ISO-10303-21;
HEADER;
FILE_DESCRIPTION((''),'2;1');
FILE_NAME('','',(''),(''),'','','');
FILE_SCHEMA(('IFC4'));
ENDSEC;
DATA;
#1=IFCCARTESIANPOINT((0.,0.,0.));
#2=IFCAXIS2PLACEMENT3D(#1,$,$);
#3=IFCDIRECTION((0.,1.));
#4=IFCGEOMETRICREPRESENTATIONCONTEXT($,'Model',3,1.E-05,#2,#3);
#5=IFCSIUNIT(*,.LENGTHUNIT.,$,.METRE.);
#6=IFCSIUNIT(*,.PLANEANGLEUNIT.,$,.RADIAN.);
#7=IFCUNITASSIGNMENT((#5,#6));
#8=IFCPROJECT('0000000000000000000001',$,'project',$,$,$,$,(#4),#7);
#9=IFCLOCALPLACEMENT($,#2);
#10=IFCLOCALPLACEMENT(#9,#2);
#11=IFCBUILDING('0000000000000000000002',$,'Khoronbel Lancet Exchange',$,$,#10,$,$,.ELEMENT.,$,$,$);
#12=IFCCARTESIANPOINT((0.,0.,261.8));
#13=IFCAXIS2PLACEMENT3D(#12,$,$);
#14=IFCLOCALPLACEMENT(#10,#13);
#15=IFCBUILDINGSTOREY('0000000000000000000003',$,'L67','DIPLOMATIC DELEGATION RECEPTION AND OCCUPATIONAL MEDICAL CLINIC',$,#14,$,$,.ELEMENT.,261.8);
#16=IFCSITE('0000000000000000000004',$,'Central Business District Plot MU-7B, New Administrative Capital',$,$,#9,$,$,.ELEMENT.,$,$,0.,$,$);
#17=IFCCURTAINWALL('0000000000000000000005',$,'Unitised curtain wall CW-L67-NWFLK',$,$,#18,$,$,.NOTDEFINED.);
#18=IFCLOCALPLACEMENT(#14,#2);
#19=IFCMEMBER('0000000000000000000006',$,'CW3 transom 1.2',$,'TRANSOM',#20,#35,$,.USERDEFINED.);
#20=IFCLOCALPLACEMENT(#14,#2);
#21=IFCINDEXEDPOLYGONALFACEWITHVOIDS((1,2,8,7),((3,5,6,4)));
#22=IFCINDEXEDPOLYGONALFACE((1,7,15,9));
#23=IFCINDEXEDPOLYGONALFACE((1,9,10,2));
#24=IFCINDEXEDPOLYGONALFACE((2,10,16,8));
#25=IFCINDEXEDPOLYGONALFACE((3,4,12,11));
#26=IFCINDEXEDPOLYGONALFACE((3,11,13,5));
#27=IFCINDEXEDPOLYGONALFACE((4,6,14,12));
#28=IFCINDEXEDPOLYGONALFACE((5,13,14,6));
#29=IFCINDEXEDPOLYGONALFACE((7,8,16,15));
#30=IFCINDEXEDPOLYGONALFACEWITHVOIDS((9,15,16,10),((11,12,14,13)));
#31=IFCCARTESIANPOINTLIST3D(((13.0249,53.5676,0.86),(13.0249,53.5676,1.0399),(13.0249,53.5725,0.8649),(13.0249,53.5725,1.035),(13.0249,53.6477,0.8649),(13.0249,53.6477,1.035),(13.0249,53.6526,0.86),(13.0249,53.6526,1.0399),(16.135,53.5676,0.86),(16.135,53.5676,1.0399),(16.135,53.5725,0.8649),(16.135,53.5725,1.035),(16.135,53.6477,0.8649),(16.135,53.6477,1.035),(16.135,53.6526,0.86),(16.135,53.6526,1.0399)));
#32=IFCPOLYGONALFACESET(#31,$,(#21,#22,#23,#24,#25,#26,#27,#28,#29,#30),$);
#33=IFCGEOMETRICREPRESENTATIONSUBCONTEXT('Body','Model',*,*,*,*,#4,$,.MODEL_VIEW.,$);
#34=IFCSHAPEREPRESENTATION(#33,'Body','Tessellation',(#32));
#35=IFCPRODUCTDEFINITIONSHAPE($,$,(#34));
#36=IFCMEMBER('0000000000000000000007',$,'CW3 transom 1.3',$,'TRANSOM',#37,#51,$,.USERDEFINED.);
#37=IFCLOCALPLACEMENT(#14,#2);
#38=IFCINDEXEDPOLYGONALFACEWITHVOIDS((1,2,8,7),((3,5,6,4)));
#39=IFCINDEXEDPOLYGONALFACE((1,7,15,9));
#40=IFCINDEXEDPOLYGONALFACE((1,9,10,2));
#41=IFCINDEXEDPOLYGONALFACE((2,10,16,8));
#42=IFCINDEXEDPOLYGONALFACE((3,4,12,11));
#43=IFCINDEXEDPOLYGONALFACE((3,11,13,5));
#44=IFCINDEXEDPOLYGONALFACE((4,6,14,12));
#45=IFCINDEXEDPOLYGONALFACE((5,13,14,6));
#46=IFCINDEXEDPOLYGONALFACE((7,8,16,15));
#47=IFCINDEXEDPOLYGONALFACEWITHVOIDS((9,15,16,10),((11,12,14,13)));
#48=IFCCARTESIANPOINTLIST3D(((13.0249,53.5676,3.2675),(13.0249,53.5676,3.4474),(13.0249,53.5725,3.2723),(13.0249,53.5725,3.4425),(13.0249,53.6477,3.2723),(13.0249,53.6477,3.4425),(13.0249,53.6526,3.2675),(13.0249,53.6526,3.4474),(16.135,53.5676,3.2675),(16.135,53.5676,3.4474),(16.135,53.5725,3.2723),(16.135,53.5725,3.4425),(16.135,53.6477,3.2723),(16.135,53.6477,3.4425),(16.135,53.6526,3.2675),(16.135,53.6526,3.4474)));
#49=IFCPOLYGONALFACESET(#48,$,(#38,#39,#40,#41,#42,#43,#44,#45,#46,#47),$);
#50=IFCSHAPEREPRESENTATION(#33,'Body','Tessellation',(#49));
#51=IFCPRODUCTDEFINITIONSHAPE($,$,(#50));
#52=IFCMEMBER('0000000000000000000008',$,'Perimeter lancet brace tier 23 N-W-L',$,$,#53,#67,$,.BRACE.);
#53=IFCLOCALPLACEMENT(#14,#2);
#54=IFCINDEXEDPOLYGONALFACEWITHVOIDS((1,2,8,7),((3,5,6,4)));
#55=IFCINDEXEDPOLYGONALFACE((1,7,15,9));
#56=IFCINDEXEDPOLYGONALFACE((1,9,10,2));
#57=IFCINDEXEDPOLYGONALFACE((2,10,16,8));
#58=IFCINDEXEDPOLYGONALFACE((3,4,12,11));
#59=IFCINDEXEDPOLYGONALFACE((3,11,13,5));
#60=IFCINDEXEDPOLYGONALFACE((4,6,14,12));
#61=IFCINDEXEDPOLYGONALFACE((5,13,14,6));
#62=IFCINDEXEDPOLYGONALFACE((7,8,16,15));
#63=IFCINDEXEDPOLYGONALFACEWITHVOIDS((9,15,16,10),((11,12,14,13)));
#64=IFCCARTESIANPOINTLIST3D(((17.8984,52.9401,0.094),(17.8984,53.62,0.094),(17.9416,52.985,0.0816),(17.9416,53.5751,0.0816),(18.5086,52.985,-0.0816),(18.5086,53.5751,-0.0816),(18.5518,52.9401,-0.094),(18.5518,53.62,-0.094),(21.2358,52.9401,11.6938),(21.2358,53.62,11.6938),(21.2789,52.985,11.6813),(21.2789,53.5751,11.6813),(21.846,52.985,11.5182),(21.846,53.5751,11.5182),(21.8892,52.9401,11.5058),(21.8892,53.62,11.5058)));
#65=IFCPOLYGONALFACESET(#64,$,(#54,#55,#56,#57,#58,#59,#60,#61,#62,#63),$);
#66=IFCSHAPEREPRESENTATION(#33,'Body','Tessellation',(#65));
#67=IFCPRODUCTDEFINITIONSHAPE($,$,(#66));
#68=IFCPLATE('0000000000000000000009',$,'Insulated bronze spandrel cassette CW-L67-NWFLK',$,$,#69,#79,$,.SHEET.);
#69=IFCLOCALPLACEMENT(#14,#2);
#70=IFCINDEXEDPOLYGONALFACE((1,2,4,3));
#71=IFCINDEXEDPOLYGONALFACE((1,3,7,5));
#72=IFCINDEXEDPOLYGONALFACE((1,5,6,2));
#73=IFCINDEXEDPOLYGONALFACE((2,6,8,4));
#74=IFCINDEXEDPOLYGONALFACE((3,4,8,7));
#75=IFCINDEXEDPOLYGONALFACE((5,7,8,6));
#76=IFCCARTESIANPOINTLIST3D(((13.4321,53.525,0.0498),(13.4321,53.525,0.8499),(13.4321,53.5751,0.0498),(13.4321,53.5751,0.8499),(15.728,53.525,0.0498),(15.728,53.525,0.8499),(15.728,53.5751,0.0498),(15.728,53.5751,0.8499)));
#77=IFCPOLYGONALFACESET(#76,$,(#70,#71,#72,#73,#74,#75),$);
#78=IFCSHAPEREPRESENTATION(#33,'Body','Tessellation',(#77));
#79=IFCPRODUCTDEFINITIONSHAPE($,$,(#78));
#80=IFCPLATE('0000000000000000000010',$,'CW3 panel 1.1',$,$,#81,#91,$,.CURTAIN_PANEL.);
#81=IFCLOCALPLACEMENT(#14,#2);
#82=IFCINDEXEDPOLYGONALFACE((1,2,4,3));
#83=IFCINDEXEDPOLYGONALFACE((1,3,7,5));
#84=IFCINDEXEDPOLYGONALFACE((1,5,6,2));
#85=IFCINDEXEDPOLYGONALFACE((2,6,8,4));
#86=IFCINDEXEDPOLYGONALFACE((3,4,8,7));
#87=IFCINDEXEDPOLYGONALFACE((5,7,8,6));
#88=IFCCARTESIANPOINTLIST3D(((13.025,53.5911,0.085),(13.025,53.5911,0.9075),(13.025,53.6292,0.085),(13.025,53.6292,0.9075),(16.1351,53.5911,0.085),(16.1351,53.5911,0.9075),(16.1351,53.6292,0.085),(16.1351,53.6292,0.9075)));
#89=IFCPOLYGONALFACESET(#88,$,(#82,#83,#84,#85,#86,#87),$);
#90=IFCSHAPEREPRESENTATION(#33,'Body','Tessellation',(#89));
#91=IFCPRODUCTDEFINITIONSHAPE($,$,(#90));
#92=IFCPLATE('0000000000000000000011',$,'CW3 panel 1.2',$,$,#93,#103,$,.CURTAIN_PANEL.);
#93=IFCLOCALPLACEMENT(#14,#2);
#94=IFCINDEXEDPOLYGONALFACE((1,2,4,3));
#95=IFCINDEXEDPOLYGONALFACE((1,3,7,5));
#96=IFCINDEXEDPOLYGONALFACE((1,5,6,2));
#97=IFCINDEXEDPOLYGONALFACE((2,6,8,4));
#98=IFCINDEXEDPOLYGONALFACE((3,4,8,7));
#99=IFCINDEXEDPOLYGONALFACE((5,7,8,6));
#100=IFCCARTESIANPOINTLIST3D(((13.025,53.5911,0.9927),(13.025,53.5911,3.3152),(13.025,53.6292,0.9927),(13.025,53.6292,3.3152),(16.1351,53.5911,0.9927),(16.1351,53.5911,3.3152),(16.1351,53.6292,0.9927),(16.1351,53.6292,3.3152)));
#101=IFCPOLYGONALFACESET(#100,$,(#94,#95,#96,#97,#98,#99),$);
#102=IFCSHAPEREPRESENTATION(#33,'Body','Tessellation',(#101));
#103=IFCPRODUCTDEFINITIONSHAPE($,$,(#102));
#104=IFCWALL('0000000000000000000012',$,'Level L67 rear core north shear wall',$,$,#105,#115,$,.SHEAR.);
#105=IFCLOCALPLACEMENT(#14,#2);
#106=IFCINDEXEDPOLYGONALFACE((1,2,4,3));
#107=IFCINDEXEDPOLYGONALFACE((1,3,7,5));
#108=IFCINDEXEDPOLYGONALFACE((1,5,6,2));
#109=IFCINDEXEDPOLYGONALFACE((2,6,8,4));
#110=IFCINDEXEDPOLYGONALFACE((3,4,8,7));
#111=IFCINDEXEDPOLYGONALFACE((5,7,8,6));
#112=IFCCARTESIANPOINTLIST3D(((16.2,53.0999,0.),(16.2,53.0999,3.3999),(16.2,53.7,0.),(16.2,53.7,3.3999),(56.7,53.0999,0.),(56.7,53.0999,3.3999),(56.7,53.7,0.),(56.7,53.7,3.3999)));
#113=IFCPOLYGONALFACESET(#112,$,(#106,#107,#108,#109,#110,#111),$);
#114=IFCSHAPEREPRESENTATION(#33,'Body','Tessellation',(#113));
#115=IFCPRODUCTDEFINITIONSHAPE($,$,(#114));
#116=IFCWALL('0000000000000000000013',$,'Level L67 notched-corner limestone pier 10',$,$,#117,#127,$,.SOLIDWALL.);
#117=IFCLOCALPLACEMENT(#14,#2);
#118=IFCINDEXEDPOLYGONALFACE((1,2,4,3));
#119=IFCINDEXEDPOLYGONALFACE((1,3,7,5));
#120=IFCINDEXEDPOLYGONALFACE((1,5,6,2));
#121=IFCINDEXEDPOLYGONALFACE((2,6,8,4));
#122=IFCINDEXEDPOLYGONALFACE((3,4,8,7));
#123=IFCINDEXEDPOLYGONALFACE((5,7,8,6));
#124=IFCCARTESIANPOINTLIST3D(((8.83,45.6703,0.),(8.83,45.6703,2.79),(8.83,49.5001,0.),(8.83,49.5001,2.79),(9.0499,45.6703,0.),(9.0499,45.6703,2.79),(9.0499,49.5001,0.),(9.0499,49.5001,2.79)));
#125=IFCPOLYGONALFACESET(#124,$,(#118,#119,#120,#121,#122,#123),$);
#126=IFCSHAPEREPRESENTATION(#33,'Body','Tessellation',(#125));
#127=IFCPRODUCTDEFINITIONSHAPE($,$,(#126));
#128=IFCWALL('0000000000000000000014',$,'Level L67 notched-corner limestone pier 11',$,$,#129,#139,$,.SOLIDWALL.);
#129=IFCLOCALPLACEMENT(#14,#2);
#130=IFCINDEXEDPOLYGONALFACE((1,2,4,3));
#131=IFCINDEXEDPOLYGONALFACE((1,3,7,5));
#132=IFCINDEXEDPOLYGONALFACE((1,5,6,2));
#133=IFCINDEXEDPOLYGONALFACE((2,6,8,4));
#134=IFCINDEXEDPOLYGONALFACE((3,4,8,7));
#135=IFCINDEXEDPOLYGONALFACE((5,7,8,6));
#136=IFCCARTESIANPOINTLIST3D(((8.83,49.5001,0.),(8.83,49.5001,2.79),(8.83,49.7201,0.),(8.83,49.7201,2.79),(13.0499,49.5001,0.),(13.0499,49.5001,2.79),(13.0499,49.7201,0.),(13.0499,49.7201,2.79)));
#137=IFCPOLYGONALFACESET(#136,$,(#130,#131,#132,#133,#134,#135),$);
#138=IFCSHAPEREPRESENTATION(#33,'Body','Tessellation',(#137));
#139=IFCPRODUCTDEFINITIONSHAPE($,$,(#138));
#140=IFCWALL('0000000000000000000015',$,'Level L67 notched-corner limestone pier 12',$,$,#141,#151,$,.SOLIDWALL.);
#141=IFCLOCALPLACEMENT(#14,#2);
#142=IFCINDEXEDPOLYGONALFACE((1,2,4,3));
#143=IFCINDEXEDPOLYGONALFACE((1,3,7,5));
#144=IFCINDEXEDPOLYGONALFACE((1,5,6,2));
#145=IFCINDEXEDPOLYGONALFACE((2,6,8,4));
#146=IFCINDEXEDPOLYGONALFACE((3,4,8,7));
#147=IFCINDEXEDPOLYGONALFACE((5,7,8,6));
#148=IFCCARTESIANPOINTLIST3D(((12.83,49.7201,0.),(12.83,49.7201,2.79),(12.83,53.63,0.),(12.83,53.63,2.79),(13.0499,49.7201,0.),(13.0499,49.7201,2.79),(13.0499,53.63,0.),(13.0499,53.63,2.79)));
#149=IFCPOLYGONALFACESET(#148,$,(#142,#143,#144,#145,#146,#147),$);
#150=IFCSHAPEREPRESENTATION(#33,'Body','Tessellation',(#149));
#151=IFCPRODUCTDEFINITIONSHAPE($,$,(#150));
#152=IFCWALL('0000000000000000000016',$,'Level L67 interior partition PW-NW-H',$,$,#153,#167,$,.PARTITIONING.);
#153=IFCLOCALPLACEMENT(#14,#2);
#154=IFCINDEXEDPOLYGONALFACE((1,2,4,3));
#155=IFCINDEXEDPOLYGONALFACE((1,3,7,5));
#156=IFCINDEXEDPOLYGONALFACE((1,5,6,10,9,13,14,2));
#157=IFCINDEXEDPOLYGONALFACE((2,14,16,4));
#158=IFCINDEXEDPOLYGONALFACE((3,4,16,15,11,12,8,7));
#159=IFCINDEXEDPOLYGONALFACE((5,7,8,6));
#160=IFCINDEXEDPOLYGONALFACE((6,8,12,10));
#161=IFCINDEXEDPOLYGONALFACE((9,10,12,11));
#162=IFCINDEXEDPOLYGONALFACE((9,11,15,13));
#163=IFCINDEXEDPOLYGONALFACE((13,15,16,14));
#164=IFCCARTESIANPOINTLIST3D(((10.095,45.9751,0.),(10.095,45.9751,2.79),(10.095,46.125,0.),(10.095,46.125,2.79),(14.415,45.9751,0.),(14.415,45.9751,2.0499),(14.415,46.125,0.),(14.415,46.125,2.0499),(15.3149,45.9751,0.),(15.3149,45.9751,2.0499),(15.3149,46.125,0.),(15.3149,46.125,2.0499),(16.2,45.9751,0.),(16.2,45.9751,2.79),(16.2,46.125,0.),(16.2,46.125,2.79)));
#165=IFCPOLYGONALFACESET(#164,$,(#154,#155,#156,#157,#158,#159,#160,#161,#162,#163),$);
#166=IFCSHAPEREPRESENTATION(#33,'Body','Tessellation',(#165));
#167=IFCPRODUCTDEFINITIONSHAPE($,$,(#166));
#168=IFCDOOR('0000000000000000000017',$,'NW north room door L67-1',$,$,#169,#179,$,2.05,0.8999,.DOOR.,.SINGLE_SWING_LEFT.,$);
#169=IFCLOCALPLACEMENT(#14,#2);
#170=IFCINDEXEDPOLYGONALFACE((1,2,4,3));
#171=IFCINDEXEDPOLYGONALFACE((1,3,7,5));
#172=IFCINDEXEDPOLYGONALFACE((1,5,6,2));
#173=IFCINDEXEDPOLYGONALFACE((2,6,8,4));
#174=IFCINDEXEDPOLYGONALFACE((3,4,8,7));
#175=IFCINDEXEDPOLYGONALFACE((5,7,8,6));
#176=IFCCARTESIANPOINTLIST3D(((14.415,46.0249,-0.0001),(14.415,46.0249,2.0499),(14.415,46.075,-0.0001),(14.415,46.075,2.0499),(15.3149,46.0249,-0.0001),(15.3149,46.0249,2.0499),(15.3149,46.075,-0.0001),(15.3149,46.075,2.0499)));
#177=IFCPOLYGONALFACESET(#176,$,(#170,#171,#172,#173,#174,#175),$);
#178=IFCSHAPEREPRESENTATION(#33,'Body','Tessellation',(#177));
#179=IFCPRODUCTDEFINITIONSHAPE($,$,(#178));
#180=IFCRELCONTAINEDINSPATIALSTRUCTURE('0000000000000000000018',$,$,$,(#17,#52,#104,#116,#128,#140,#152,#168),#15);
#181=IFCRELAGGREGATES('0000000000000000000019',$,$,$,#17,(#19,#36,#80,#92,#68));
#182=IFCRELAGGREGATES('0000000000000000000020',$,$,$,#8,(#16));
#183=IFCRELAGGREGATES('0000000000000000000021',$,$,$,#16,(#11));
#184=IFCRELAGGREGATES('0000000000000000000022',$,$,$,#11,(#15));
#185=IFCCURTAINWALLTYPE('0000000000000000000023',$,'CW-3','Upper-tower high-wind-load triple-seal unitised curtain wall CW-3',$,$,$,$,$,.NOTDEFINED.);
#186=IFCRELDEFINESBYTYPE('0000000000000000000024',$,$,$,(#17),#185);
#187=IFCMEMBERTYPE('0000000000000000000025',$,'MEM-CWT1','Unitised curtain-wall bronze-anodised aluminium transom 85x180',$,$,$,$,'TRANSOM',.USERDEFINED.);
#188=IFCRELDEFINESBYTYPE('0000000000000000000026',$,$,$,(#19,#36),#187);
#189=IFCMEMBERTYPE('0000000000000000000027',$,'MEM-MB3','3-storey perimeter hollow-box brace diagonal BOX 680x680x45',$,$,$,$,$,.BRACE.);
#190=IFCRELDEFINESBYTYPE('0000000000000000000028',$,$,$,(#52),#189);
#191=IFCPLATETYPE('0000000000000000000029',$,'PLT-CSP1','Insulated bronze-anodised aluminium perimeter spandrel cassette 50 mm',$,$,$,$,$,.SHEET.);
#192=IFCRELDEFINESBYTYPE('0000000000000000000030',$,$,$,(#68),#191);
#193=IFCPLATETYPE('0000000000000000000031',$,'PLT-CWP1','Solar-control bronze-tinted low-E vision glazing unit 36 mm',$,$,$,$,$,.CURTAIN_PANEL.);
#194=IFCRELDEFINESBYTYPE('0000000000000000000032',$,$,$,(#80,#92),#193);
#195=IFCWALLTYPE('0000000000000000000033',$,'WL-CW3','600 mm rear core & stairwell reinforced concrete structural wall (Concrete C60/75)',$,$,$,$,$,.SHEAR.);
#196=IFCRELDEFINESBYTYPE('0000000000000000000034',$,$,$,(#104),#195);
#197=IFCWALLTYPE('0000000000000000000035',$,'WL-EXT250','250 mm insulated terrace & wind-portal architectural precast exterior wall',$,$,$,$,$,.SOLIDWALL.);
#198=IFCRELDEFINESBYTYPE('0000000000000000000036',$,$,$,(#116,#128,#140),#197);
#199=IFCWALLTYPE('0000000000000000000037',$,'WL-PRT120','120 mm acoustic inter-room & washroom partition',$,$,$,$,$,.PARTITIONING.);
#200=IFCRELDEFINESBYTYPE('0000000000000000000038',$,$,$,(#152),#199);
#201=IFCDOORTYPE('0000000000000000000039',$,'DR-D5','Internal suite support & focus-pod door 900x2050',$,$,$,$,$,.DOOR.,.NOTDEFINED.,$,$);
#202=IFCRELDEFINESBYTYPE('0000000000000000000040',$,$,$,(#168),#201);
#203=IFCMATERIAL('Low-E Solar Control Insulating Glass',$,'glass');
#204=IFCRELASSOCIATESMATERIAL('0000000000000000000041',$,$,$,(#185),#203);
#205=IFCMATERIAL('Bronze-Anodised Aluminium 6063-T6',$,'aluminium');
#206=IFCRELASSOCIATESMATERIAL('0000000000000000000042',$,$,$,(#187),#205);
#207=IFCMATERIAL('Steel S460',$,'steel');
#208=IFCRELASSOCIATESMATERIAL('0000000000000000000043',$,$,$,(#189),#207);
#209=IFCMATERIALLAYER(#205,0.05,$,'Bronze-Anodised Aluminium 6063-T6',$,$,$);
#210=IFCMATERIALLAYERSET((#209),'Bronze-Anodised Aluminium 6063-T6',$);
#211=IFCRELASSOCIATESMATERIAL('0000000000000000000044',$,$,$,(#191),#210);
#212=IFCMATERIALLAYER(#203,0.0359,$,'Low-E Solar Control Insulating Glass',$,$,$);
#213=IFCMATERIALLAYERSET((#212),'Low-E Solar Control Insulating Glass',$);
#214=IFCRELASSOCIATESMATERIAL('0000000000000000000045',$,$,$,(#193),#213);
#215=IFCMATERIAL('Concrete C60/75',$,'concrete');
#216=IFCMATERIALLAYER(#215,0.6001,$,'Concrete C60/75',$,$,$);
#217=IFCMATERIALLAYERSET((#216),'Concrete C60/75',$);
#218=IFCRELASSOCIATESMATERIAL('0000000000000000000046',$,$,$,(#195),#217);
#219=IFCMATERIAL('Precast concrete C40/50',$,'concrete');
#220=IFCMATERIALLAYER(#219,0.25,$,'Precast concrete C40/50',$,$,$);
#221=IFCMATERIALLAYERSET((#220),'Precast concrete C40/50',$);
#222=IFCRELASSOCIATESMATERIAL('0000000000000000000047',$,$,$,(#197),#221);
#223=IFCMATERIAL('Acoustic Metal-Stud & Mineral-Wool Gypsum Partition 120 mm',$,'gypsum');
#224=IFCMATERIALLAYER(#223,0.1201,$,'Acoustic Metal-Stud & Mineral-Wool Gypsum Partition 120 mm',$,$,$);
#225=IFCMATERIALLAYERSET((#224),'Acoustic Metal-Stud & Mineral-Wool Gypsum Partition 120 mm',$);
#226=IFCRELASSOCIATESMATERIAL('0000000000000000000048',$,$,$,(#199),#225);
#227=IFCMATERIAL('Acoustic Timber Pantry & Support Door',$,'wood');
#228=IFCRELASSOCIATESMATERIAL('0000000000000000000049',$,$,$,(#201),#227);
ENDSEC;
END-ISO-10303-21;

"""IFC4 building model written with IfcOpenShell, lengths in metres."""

from ifc_helpers import new_model, si_unit, direction, frame, frame_2d, origin, origin_2d, place, context, subcontext, project, spatial, rectangle, hollow_rectangle, extrude, material, layer, layer_set, material_profile, profile_set, type_object, element, fill, aggregate, save


model = new_model("IFC4")

# Units and contexts
model_context = context("Model", 3, precision=1e-05, world=origin(), true_north=direction((0.0, 1.0)))
body_context = subcontext(model_context, "Body", "Model", "MODEL_VIEW")
ifc_project = project(units=[si_unit("LENGTHUNIT", "METRE"), si_unit("PLANEANGLEUNIT", "RADIAN")], contexts=[model_context])

# Site, building, storey
site_placement = place(None, origin())
site = spatial("IfcSite", under=ifc_project, at=site_placement, Name="Central Business District Plot MU-7B, New Administrative Capital", CompositionType="ELEMENT", RefElevation=0.0)
building_placement = place(site_placement, origin())
building = spatial("IfcBuilding", under=site, at=building_placement, Name="Khoronbel Lancet Exchange", CompositionType="ELEMENT")
storey_placement = place(building_placement, frame((0.0, 0.0, 261.8)))
storey = spatial("IfcBuildingStorey", under=building, at=storey_placement, Name="L67", Description="DIPLOMATIC DELEGATION RECEPTION AND OCCUPATIONAL MEDICAL CLINIC", CompositionType="ELEMENT", Elevation=261.8)

# Shared definitions
ifc_material_1 = material(Name="Steel S460", Category="steel")

# Curtain wall, members
ifc_material_2 = material(Name="Low-E Solar Control Insulating Glass", Category="glass")
curtain_wall_type = type_object("IfcCurtainWallType", Name="CW-3", Description="Upper-tower high-wind-load triple-seal unitised curtain wall CW-3", PredefinedType="NOTDEFINED", material=ifc_material_2)
curtain_wall_placement = place(storey_placement, origin())
curtain_wall = element("IfcCurtainWall", 1, at=curtain_wall_placement, inside=storey, type_object=curtain_wall_type, Name="Unitised curtain wall CW-L67-NWFLK", PredefinedType="NOTDEFINED")
ifc_material_3 = material(Name="Bronze-Anodised Aluminium 6063-T6", Category="aluminium")
ifc_material_profile_1 = material_profile(ifc_material_3, hollow_rectangle(XDim=0.085, YDim=0.1799, WallThickness=0.0049, at=origin_2d()), Name="ALU TRANSOM 85x180")
ifc_profile_set_1 = profile_set([ifc_material_profile_1], Name="Bronze-Anodised Aluminium 6063-T6")
member_type_1 = type_object("IfcMemberType", Name="MEM-CWT1", Description="Unitised curtain-wall bronze-anodised aluminium transom 85x180", ElementType="TRANSOM", PredefinedType="USERDEFINED", material=ifc_profile_set_1)
member_1_placement = place(storey_placement, frame((16.135, 53.6101, 0.95), z_axis=(-1.0, 0.0, 0.0), x_axis=(0.0, -1.0, 0.0)))
member_1 = element("IfcMember", 2, at=member_1_placement, type_object=member_type_1, Name="CW3 transom 1.2", ObjectType="TRANSOM", PredefinedType="USERDEFINED", context=body_context, shape_type="SweptSolid", body=[
    extrude(hollow_rectangle(XDim=0.085, YDim=0.1799, WallThickness=0.0049, at=origin_2d()), origin(), (0.0, 0.0, 1.0), 3.1101),
])
member_2_placement = place(storey_placement, frame((16.135, 53.6101, 3.3574), z_axis=(-1.0, 0.0, 0.0), x_axis=(0.0, -1.0, 0.0)))
member_2 = element("IfcMember", 3, at=member_2_placement, type_object=member_type_1, Name="CW3 transom 1.3", ObjectType="TRANSOM", PredefinedType="USERDEFINED", context=body_context, shape_type="SweptSolid", body=[
    extrude(hollow_rectangle(XDim=0.085, YDim=0.1799, WallThickness=0.0049, at=origin_2d()), origin(), (0.0, 0.0, 1.0), 3.1101),
])

# Member
ifc_material_profile_2 = material_profile(ifc_material_1, hollow_rectangle(XDim=0.6799, YDim=0.6799, WallThickness=0.0449, at=origin_2d()), Name="BOX 680x680x45")
ifc_profile_set_2 = profile_set([ifc_material_profile_2], Name="Steel S460")
member_type_2 = type_object("IfcMemberType", Name="MEM-MB3", Description="3-storey perimeter hollow-box brace diagonal BOX 680x680x45", PredefinedType="BRACE", material=ifc_profile_set_2)
member_3_placement = place(storey_placement, frame((18.2251, 53.28, 0.0), z_axis=(0.276494, 0.0, 0.961016), x_axis=(0.0, 1.0, 0.0)))
element("IfcMember", 4, at=member_3_placement, inside=storey, type_object=member_type_2, Name="Perimeter lancet brace tier 23 N-W-L", PredefinedType="BRACE", context=body_context, shape_type="SweptSolid", body=[
    extrude(hollow_rectangle(XDim=0.6799, YDim=0.6799, WallThickness=0.0449, at=origin_2d()), origin(), (0.0, 0.0, 1.0), 12.0703),
])

# Plates
ifc_layer_1 = layer(ifc_material_3, 0.05, Name="Bronze-Anodised Aluminium 6063-T6")
ifc_layer_set_1 = layer_set([ifc_layer_1], Name="Bronze-Anodised Aluminium 6063-T6")
plate_type_1 = type_object("IfcPlateType", Name="PLT-CSP1", Description="Insulated bronze-anodised aluminium perimeter spandrel cassette 50 mm", PredefinedType="SHEET", material=ifc_layer_set_1)
plate_1_placement = place(storey_placement, frame((14.5801, 53.55, 0.0498), z_axis=(0.0, 0.0, 1.0), x_axis=(-1.0, 0.0, 0.0)))
plate_1 = element("IfcPlate", 5, at=plate_1_placement, type_object=plate_type_1, Name="Insulated bronze spandrel cassette CW-L67-NWFLK", PredefinedType="SHEET", context=body_context, shape_type="SweptSolid", body=[
    extrude(rectangle(XDim=2.2959, YDim=0.05, at=origin_2d()), origin(), (0.0, 0.0, 1.0), 0.8),
])
ifc_layer_2 = layer(ifc_material_2, 0.0359, Name="Low-E Solar Control Insulating Glass")
ifc_layer_set_2 = layer_set([ifc_layer_2], Name="Low-E Solar Control Insulating Glass")
plate_type_2 = type_object("IfcPlateType", Name="PLT-CWP1", Description="Solar-control bronze-tinted low-E vision glazing unit 36 mm", PredefinedType="CURTAIN_PANEL", material=ifc_layer_set_2)
plate_2_placement = place(storey_placement, frame((14.5801, 53.6101, 0.085), z_axis=(0.0, 0.0, 1.0), x_axis=(-1.0, 0.0, 0.0)))
plate_2 = element("IfcPlate", 6, at=plate_2_placement, type_object=plate_type_2, Name="CW3 panel 1.1", PredefinedType="CURTAIN_PANEL", context=body_context, shape_type="SweptSolid", body=[
    extrude(rectangle(XDim=3.1101, YDim=0.0381, at=origin_2d()), origin(), (0.0, 0.0, 1.0), 0.8225),
])
plate_3_placement = place(storey_placement, frame((14.5801, 53.6101, 0.9927), z_axis=(0.0, 0.0, 1.0), x_axis=(-1.0, 0.0, 0.0)))
plate_3 = element("IfcPlate", 7, at=plate_3_placement, type_object=plate_type_2, Name="CW3 panel 1.2", PredefinedType="CURTAIN_PANEL", context=body_context, shape_type="SweptSolid", body=[
    extrude(rectangle(XDim=3.1101, YDim=0.0381, at=origin_2d()), origin(), (0.0, 0.0, 1.0), 2.3225),
])
aggregate(curtain_wall, [member_1, member_2, plate_2, plate_3, plate_1])

# Walls
ifc_material_4 = material(Name="Concrete C60/75", Category="concrete")
ifc_layer_3 = layer(ifc_material_4, 0.6001, Name="Concrete C60/75")
ifc_layer_set_3 = layer_set([ifc_layer_3], Name="Concrete C60/75")
wall_type_1 = type_object("IfcWallType", Name="WL-CW3", Description="600 mm rear core & stairwell reinforced concrete structural wall (Concrete C60/75)", PredefinedType="SHEAR", material=ifc_layer_set_3)
wall_1_placement = place(storey_placement, frame((16.2, 53.3999, 0.0), z_axis=(0.0, 0.0, 1.0), x_axis=(1.0, 0.0, 0.0)))
element("IfcWall", 8, at=wall_1_placement, inside=storey, type_object=wall_type_1, Name="Level L67 rear core north shear wall", PredefinedType="SHEAR", context=body_context, shape_type="SweptSolid", body=[
    extrude(rectangle(XDim=40.5, YDim=0.6001, at=frame_2d((20.25, 0.0))), origin(), (0.0, 0.0, 1.0), 3.3999),
])
ifc_material_5 = material(Name="Precast concrete C40/50", Category="concrete")
ifc_layer_4 = layer(ifc_material_5, 0.25, Name="Precast concrete C40/50")
ifc_layer_set_4 = layer_set([ifc_layer_4], Name="Precast concrete C40/50")
wall_type_2 = type_object("IfcWallType", Name="WL-EXT250", Description="250 mm insulated terrace & wind-portal architectural precast exterior wall", PredefinedType="SOLIDWALL", material=ifc_layer_set_4)
wall_2_placement = place(storey_placement, frame((8.9399, 45.6702, 0.0), z_axis=(0.0, 0.0, 1.0), x_axis=(0.0, 1.0, 0.0)))
element("IfcWall", 9, at=wall_2_placement, inside=storey, type_object=wall_type_2, Name="Level L67 notched-corner limestone pier 10", PredefinedType="SOLIDWALL", context=body_context, shape_type="SweptSolid", body=[
    extrude(rectangle(XDim=3.8298, YDim=0.22, at=frame_2d((1.915, 0.0))), origin(), (0.0, 0.0, 1.0), 2.79),
])
wall_3_placement = place(storey_placement, frame((8.8301, 49.6101, 0.0), z_axis=(0.0, 0.0, 1.0), x_axis=(1.0, 0.0, 0.0)))
element("IfcWall", 10, at=wall_3_placement, inside=storey, type_object=wall_type_2, Name="Level L67 notched-corner limestone pier 11", PredefinedType="SOLIDWALL", context=body_context, shape_type="SweptSolid", body=[
    extrude(rectangle(XDim=4.22, YDim=0.22, at=frame_2d((2.1099, 0.0))), origin(), (0.0, 0.0, 1.0), 2.79),
])
wall_4_placement = place(storey_placement, frame((12.9399, 49.72, 0.0), z_axis=(0.0, 0.0, 1.0), x_axis=(0.0, 1.0, 0.0)))
element("IfcWall", 11, at=wall_4_placement, inside=storey, type_object=wall_type_2, Name="Level L67 notched-corner limestone pier 12", PredefinedType="SOLIDWALL", context=body_context, shape_type="SweptSolid", body=[
    extrude(rectangle(XDim=3.9099, YDim=0.22, at=frame_2d((1.9551, 0.0))), origin(), (0.0, 0.0, 1.0), 2.79),
])

# Wall, opening, door
ifc_material_6 = material(Name="Acoustic Metal-Stud & Mineral-Wool Gypsum Partition 120 mm", Category="gypsum")
ifc_layer_5 = layer(ifc_material_6, 0.1201, Name="Acoustic Metal-Stud & Mineral-Wool Gypsum Partition 120 mm")
ifc_layer_set_5 = layer_set([ifc_layer_5], Name="Acoustic Metal-Stud & Mineral-Wool Gypsum Partition 120 mm")
wall_type_3 = type_object("IfcWallType", Name="WL-PRT120", Description="120 mm acoustic inter-room & washroom partition", PredefinedType="PARTITIONING", material=ifc_layer_set_5)
wall_5_placement = place(storey_placement, frame((10.095, 46.05, 0.0), z_axis=(0.0, 0.0, 1.0), x_axis=(1.0, 0.0, 0.0)))
wall_5 = element("IfcWall", 12, at=wall_5_placement, inside=storey, type_object=wall_type_3, Name="Level L67 interior partition PW-NW-H", PredefinedType="PARTITIONING", context=body_context, shape_type="SweptSolid", body=[
    extrude(rectangle(XDim=6.105, YDim=0.1499, at=frame_2d((3.0525, 0.0))), origin(), (0.0, 0.0, 1.0), 2.79),
])
opening_1_placement = place(wall_5_placement, frame((4.3201, 0.0, 0.0)))
opening_1 = element("IfcOpeningElement", 13, at=opening_1_placement, cuts=wall_5, PredefinedType="OPENING", context=body_context, shape_type="SweptSolid", body=[
    extrude(rectangle(XDim=0.8999, YDim=2.05, at=frame_2d((0.45, 1.0249))), frame((0.0, 0.085, 0.0), z_axis=(0.0, -1.0, 0.0), x_axis=(1.0, 0.0, 0.0)), (0.0, 0.0, 1.0), 0.1699),
])
ifc_material_7 = material(Name="Acoustic Timber Pantry & Support Door", Category="wood")
door_type_1 = type_object("IfcDoorType", Name="DR-D5", Description="Internal suite support & focus-pod door 900x2050", OperationType="NOTDEFINED", PredefinedType="DOOR", material=ifc_material_7)
door_1_placement = place(opening_1_placement, origin())
door_1 = element("IfcDoor", 14, at=door_1_placement, inside=storey, type_object=door_type_1, Name="NW north room door L67-1", OperationType="SINGLE_SWING_LEFT", OverallHeight=2.05, OverallWidth=0.8999, PredefinedType="DOOR", context=body_context, shape_type="SweptSolid", body=[
    extrude(rectangle(XDim=0.8999, YDim=2.05, at=frame_2d((0.45, 1.0249))), frame((0.0, 0.0249, 0.0), z_axis=(0.0, -1.0, 0.0), x_axis=(1.0, 0.0, 0.0)), (0.0, 0.0, 1.0), 0.05),
])
fill(opening_1, door_1)

save(model, "model.ifc")
